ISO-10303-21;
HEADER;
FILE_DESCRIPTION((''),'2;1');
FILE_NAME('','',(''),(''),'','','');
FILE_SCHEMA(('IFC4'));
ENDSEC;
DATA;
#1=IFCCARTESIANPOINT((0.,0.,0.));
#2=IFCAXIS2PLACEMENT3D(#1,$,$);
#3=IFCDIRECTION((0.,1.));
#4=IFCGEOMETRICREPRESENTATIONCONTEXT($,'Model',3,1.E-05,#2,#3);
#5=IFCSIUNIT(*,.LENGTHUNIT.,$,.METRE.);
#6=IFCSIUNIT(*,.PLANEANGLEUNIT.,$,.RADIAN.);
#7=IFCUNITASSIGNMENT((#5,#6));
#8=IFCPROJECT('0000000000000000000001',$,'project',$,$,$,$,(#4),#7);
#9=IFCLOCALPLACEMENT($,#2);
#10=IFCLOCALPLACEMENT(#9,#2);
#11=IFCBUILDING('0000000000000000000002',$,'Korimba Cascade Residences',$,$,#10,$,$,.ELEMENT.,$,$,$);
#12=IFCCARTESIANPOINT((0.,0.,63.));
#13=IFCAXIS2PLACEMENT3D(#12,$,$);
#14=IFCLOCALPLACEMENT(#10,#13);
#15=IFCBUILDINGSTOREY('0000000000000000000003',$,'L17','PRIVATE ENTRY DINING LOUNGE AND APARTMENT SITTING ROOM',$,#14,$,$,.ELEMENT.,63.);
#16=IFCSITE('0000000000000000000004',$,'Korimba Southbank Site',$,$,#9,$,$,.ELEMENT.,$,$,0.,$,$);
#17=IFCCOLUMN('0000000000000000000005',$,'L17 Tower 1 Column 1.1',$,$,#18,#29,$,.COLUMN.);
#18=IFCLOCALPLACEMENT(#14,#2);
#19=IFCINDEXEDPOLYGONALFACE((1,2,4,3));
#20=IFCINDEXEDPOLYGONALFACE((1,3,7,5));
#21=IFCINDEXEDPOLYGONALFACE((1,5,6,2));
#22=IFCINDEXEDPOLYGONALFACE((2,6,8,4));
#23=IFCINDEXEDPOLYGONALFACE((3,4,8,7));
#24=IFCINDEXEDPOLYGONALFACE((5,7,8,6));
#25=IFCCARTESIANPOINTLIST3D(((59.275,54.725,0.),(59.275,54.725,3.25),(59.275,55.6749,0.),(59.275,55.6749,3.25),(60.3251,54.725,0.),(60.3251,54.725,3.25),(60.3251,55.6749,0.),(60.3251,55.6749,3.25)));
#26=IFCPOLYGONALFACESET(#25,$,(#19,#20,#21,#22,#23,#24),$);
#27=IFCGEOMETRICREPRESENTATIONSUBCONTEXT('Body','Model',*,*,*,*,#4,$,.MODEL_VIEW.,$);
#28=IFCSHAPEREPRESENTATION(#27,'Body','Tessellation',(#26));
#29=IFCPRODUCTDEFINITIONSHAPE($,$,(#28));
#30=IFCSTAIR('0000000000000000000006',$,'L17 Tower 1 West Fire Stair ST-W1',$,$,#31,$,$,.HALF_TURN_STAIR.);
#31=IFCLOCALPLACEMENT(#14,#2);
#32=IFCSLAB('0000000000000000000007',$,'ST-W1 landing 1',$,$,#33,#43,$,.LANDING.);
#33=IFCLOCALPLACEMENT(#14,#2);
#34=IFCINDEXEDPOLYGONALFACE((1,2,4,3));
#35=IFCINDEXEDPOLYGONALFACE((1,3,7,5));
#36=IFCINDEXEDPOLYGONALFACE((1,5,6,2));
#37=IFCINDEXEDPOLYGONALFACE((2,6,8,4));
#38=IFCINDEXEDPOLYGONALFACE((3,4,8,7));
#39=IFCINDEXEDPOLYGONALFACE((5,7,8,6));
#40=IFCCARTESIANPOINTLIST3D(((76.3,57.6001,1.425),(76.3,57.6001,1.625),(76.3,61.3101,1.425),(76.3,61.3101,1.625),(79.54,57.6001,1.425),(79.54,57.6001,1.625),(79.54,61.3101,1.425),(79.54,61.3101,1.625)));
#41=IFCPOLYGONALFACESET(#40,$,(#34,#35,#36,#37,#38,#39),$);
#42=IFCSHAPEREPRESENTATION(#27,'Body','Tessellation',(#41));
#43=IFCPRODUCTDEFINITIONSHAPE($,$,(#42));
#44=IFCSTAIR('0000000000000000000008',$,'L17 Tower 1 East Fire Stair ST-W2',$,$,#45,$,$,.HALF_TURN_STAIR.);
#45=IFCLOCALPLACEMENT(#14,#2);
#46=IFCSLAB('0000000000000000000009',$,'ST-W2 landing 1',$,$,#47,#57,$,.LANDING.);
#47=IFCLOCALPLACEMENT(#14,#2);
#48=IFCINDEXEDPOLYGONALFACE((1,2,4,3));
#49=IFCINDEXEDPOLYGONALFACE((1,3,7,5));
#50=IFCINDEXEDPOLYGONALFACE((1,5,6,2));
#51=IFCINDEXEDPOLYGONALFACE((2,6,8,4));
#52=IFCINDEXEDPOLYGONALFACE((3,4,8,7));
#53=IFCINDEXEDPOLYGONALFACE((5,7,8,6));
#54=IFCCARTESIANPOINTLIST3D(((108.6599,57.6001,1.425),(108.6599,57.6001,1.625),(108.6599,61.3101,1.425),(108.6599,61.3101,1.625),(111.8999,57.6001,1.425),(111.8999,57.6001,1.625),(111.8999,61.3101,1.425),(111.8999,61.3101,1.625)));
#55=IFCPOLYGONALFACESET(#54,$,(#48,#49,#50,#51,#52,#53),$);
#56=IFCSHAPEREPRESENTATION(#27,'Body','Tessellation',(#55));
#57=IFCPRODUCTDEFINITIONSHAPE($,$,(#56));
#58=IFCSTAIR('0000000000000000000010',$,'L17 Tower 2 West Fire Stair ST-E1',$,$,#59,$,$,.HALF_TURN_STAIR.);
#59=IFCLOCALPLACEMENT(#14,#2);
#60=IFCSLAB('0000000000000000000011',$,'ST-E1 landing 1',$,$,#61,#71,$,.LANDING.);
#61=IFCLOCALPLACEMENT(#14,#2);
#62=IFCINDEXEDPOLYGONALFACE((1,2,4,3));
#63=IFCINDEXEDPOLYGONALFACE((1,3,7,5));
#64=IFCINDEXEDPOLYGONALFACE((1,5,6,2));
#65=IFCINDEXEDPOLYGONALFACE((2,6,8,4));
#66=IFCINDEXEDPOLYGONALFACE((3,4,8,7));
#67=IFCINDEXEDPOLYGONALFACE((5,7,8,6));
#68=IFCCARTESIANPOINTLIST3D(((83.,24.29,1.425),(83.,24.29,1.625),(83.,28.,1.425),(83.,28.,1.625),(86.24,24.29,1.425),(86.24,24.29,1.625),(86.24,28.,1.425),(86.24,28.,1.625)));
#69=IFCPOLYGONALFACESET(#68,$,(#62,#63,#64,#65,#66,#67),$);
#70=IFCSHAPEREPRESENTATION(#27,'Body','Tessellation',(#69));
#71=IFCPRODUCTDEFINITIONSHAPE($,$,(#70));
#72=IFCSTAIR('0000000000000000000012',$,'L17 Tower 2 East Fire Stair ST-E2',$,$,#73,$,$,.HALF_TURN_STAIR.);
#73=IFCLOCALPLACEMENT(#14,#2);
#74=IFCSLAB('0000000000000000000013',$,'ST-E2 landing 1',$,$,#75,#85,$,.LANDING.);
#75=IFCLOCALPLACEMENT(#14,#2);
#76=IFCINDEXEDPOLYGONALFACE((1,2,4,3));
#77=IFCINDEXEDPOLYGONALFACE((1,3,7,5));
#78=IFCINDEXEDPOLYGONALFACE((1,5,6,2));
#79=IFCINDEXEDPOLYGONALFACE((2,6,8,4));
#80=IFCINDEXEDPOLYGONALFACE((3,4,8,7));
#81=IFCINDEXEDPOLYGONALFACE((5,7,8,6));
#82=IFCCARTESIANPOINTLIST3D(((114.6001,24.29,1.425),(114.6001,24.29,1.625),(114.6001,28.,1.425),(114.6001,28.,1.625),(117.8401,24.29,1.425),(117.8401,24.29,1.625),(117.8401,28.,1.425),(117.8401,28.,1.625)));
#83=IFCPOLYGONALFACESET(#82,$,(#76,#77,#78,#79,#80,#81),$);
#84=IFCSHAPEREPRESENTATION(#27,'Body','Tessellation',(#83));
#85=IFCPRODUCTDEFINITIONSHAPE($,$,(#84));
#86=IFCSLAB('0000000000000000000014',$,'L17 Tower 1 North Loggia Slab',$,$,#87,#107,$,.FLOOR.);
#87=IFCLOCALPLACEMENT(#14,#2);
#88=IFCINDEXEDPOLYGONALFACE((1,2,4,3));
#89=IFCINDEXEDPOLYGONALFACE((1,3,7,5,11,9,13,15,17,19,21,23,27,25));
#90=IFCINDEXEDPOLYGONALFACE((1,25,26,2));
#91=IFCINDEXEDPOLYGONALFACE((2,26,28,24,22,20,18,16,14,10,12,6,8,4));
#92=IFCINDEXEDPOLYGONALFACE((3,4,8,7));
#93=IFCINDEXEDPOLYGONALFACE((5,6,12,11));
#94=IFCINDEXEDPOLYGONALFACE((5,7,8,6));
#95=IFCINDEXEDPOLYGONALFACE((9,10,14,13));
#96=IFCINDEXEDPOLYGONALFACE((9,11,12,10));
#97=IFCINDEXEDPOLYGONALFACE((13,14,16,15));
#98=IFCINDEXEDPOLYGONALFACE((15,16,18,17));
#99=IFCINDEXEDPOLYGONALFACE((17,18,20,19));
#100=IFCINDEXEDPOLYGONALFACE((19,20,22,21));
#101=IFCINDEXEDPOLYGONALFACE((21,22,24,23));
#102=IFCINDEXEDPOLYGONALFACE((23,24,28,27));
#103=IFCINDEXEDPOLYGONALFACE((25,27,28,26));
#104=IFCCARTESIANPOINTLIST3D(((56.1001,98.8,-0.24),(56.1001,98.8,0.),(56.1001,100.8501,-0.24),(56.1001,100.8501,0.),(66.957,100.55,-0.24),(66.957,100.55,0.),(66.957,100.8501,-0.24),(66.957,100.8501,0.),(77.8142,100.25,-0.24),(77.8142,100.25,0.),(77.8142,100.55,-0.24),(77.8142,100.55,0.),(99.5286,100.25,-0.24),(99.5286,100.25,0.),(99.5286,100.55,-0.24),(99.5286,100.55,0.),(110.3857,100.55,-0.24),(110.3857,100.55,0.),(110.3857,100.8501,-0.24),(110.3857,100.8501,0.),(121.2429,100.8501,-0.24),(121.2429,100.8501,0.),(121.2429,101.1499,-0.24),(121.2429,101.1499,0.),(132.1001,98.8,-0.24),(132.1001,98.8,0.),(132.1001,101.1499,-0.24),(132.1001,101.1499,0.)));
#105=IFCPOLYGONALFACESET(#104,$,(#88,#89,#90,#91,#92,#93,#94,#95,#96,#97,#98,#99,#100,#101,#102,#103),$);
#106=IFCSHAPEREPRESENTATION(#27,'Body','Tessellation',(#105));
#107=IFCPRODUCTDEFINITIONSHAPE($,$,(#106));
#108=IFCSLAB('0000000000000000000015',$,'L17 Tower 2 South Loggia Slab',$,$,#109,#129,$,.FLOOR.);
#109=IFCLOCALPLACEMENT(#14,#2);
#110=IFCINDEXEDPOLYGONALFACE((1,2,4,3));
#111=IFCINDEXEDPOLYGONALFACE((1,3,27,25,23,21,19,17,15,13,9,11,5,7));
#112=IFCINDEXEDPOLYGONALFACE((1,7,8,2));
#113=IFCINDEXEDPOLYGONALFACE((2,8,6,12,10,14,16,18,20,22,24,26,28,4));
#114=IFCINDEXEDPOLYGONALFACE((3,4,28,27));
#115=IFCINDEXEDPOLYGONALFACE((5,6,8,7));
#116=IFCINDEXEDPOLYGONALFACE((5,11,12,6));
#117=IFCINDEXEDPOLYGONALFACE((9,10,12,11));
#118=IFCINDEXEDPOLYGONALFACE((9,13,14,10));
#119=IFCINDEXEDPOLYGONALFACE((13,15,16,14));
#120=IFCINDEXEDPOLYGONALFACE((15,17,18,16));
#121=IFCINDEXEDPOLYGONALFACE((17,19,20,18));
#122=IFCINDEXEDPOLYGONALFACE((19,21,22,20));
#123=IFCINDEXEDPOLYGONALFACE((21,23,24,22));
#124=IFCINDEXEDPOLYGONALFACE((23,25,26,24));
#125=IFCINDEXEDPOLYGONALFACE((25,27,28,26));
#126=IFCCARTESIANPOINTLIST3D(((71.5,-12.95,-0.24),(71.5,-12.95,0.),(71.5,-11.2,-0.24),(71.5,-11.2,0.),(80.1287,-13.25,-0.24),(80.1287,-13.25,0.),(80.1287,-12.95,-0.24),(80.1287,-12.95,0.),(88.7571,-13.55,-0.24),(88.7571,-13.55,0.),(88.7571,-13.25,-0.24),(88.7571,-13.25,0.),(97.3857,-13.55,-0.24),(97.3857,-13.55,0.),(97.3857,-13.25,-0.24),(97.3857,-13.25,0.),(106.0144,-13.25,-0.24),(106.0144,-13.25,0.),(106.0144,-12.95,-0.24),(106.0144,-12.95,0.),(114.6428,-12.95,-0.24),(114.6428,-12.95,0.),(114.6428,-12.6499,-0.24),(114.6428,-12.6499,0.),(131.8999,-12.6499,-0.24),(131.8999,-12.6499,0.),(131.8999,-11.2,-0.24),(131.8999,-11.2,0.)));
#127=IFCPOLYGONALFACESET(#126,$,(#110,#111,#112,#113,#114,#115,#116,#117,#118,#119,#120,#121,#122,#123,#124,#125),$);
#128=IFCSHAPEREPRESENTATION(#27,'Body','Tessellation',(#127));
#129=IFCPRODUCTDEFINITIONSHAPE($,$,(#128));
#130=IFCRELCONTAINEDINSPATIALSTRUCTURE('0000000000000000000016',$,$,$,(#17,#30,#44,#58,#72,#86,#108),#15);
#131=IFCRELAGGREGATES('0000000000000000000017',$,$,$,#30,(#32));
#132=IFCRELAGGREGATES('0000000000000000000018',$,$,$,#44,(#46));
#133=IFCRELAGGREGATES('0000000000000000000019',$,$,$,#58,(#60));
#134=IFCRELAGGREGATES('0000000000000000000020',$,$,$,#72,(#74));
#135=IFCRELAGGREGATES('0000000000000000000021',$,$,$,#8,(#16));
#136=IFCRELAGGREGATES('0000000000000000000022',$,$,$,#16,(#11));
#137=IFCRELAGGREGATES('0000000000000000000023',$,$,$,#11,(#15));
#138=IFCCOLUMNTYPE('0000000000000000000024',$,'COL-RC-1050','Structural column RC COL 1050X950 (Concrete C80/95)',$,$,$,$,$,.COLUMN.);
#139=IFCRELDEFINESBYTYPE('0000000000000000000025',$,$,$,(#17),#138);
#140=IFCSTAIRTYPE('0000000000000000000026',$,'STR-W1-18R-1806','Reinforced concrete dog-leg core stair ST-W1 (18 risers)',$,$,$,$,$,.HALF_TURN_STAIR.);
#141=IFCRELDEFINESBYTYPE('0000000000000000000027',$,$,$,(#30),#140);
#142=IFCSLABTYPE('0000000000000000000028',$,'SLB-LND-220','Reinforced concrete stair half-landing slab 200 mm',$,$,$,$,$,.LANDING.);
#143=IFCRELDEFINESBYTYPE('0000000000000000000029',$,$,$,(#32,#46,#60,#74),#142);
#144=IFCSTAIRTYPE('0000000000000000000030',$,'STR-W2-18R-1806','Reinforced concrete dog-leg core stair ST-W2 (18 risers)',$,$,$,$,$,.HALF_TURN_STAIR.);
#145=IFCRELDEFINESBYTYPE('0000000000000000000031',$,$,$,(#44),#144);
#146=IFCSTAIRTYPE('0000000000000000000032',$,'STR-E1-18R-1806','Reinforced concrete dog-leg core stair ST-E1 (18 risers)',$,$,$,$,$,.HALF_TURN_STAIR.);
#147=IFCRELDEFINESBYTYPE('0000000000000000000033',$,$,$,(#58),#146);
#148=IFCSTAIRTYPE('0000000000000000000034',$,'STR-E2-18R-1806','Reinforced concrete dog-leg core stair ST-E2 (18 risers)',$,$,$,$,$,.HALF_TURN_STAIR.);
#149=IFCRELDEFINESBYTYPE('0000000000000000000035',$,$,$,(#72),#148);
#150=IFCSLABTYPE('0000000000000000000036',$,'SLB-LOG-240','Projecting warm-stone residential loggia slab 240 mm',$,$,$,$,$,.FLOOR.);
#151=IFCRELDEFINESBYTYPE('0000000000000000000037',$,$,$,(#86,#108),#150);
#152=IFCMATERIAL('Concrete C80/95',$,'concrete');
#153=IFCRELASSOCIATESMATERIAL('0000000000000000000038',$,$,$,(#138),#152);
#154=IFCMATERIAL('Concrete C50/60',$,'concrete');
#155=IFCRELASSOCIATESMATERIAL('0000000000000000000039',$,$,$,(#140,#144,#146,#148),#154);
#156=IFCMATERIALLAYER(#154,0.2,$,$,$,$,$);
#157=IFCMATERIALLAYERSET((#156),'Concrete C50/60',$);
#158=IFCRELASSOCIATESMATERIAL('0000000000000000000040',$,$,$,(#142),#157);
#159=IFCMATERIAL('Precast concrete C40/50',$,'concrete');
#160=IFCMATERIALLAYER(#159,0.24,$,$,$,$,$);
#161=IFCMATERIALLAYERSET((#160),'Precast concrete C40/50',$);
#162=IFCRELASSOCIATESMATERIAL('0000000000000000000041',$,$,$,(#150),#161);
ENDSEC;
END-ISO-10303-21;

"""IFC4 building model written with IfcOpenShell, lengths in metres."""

from ifc_helpers import new_model, si_unit, direction, frame, origin, origin_2d, place, context, subcontext, project, spatial, polyline, rectangle, outline, extrude, material, layer, layer_set, material_profile, profile_set, type_object, element, aggregate, save


model = new_model("IFC4")

# Units and contexts
model_context = context("Model", 3, precision=1e-05, world=origin(), true_north=direction((0.0, 1.0)))
body_context = subcontext(model_context, "Body", "Model", "MODEL_VIEW")
ifc_project = project(units=[si_unit("LENGTHUNIT", "METRE"), si_unit("PLANEANGLEUNIT", "RADIAN")], contexts=[model_context])

# Site, building, storey
site_placement = place(None, origin())
site = spatial("IfcSite", under=ifc_project, at=site_placement, Name="Korimba Southbank Site", CompositionType="ELEMENT", RefElevation=0.0)
building_placement = place(site_placement, origin())
building = spatial("IfcBuilding", under=site, at=building_placement, Name="Korimba Cascade Residences", CompositionType="ELEMENT")
storey_placement = place(building_placement, frame((0.0, 0.0, 63.0)))
storey = spatial("IfcBuildingStorey", under=building, at=storey_placement, Name="L17", Description="PRIVATE ENTRY DINING LOUNGE AND APARTMENT SITTING ROOM", CompositionType="ELEMENT", Elevation=63.0)

# Column
ifc_material_1 = material(Name="Concrete C80/95", Category="concrete")
ifc_material_profile = material_profile(ifc_material_1, rectangle(XDim=1.05, YDim=0.95, at=origin_2d()), Name="Concrete C80/95")
ifc_profile_set = profile_set([ifc_material_profile], Name="Concrete C80/95")
column_type = type_object("IfcColumnType", Name="COL-RC-1050", Description="Structural column RC COL 1050X950 (Concrete C80/95)", PredefinedType="COLUMN", material=ifc_profile_set)
column_placement = place(storey_placement, frame((59.8, 55.2, 0.0), z_axis=(0.0, 0.0, 1.0), x_axis=(1.0, 0.0, 0.0)))
element("IfcColumn", 1, at=column_placement, inside=storey, type_object=column_type, Name="L17 Tower 1 Column 1.1", PredefinedType="COLUMN", context=body_context, shape_type="SweptSolid", body=[
    extrude(rectangle(XDim=1.05, YDim=0.95, at=origin_2d()), origin(), (0.0, 0.0, 1.0), 3.25),
])

# Stairs, slabs
ifc_material_2 = material(Name="Concrete C50/60", Category="concrete")
stair_type_1 = type_object("IfcStairType", Name="STR-W1-18R-1806", Description="Reinforced concrete dog-leg core stair ST-W1 (18 risers)", PredefinedType="HALF_TURN_STAIR", material=ifc_material_2)
stair_1_placement = place(storey_placement, origin())
stair_1 = element("IfcStair", 2, at=stair_1_placement, inside=storey, type_object=stair_type_1, Name="L17 Tower 1 West Fire Stair ST-W1", PredefinedType="HALF_TURN_STAIR")
ifc_layer_1 = layer(ifc_material_2, 0.2)
ifc_layer_set_1 = layer_set([ifc_layer_1], Name="Concrete C50/60")
slab_type_1 = type_object("IfcSlabType", Name="SLB-LND-220", Description="Reinforced concrete stair half-landing slab 200 mm", PredefinedType="LANDING", material=ifc_layer_set_1)
slab_1_placement = place(storey_placement, frame((0.0, 0.0, 1.425)))
slab_1 = element("IfcSlab", 3, at=slab_1_placement, type_object=slab_type_1, Name="ST-W1 landing 1", PredefinedType="LANDING", context=body_context, shape_type="SweptSolid", body=[
    extrude(outline(polyline([(76.3, 61.3101), (76.3, 57.6001), (79.54, 57.6001), (79.54, 61.3101), (76.3, 61.3101)])), origin(), (0.0, 0.0, 1.0), 0.2),
])
aggregate(stair_1, [slab_1])
stair_type_2 = type_object("IfcStairType", Name="STR-W2-18R-1806", Description="Reinforced concrete dog-leg core stair ST-W2 (18 risers)", PredefinedType="HALF_TURN_STAIR", material=ifc_material_2)
stair_2_placement = place(storey_placement, origin())
stair_2 = element("IfcStair", 4, at=stair_2_placement, inside=storey, type_object=stair_type_2, Name="L17 Tower 1 East Fire Stair ST-W2", PredefinedType="HALF_TURN_STAIR")
slab_2_placement = place(storey_placement, frame((0.0, 0.0, 1.425)))
slab_2 = element("IfcSlab", 5, at=slab_2_placement, type_object=slab_type_1, Name="ST-W2 landing 1", PredefinedType="LANDING", context=body_context, shape_type="SweptSolid", body=[
    extrude(outline(polyline([(108.6599, 61.3101), (108.6599, 57.6001), (111.8999, 57.6001), (111.8999, 61.3101), (108.6599, 61.3101)])), origin(), (0.0, 0.0, 1.0), 0.2),
])
aggregate(stair_2, [slab_2])
stair_type_3 = type_object("IfcStairType", Name="STR-E1-18R-1806", Description="Reinforced concrete dog-leg core stair ST-E1 (18 risers)", PredefinedType="HALF_TURN_STAIR", material=ifc_material_2)
stair_3_placement = place(storey_placement, origin())
stair_3 = element("IfcStair", 6, at=stair_3_placement, inside=storey, type_object=stair_type_3, Name="L17 Tower 2 West Fire Stair ST-E1", PredefinedType="HALF_TURN_STAIR")
slab_3_placement = place(storey_placement, frame((0.0, 0.0, 1.425)))
slab_3 = element("IfcSlab", 7, at=slab_3_placement, type_object=slab_type_1, Name="ST-E1 landing 1", PredefinedType="LANDING", context=body_context, shape_type="SweptSolid", body=[
    extrude(outline(polyline([(86.24, 24.29), (86.24, 28.0), (83.0, 28.0), (83.0, 24.29), (86.24, 24.29)])), origin(), (0.0, 0.0, 1.0), 0.2),
])
aggregate(stair_3, [slab_3])
stair_type_4 = type_object("IfcStairType", Name="STR-E2-18R-1806", Description="Reinforced concrete dog-leg core stair ST-E2 (18 risers)", PredefinedType="HALF_TURN_STAIR", material=ifc_material_2)
stair_4_placement = place(storey_placement, origin())
stair_4 = element("IfcStair", 8, at=stair_4_placement, inside=storey, type_object=stair_type_4, Name="L17 Tower 2 East Fire Stair ST-E2", PredefinedType="HALF_TURN_STAIR")
slab_4_placement = place(storey_placement, frame((0.0, 0.0, 1.425)))
slab_4 = element("IfcSlab", 9, at=slab_4_placement, type_object=slab_type_1, Name="ST-E2 landing 1", PredefinedType="LANDING", context=body_context, shape_type="SweptSolid", body=[
    extrude(outline(polyline([(117.8401, 24.29), (117.8401, 28.0), (114.6001, 28.0), (114.6001, 24.29), (117.8401, 24.29)])), origin(), (0.0, 0.0, 1.0), 0.2),
])
aggregate(stair_4, [slab_4])

# Slabs
ifc_material_3 = material(Name="Precast concrete C40/50", Category="concrete")
ifc_layer_2 = layer(ifc_material_3, 0.24)
ifc_layer_set_2 = layer_set([ifc_layer_2], Name="Precast concrete C40/50")
slab_type_2 = type_object("IfcSlabType", Name="SLB-LOG-240", Description="Projecting warm-stone residential loggia slab 240 mm", PredefinedType="FLOOR", material=ifc_layer_set_2)
slab_5_placement = place(storey_placement, frame((0.0, 0.0, -0.24)))
element("IfcSlab", 10, at=slab_5_placement, inside=storey, type_object=slab_type_2, Name="L17 Tower 1 North Loggia Slab", PredefinedType="FLOOR", context=body_context, shape_type="SweptSolid", body=[
    extrude(outline(polyline([(56.1001, 98.8), (132.1001, 98.8), (132.1001, 101.1499), (121.2429, 101.1499), (121.2429, 100.8501), (110.3857, 100.8501), (110.3857, 100.55), (99.5286, 100.55), (99.5286, 100.25), (77.8142, 100.25), (77.8142, 100.55), (66.957, 100.55), (66.957, 100.8501), (56.1001, 100.8501), (56.1001, 98.8)])), origin(), (0.0, 0.0, 1.0), 0.24),
])
slab_6_placement = place(storey_placement, frame((0.0, 0.0, -0.24)))
element("IfcSlab", 11, at=slab_6_placement, inside=storey, type_object=slab_type_2, Name="L17 Tower 2 South Loggia Slab", PredefinedType="FLOOR", context=body_context, shape_type="SweptSolid", body=[
    extrude(outline(polyline([(71.5, -12.95), (80.1287, -12.95), (80.1287, -13.25), (88.7571, -13.25), (88.7571, -13.55), (97.3857, -13.55), (97.3857, -13.25), (106.0144, -13.25), (106.0144, -12.95), (114.6428, -12.95), (114.6428, -12.6499), (131.8999, -12.6499), (131.8999, -11.2), (71.5, -11.2), (71.5, -12.95)])), origin(), (0.0, 0.0, 1.0), 0.24),
])

save(model, "model.ifc")
